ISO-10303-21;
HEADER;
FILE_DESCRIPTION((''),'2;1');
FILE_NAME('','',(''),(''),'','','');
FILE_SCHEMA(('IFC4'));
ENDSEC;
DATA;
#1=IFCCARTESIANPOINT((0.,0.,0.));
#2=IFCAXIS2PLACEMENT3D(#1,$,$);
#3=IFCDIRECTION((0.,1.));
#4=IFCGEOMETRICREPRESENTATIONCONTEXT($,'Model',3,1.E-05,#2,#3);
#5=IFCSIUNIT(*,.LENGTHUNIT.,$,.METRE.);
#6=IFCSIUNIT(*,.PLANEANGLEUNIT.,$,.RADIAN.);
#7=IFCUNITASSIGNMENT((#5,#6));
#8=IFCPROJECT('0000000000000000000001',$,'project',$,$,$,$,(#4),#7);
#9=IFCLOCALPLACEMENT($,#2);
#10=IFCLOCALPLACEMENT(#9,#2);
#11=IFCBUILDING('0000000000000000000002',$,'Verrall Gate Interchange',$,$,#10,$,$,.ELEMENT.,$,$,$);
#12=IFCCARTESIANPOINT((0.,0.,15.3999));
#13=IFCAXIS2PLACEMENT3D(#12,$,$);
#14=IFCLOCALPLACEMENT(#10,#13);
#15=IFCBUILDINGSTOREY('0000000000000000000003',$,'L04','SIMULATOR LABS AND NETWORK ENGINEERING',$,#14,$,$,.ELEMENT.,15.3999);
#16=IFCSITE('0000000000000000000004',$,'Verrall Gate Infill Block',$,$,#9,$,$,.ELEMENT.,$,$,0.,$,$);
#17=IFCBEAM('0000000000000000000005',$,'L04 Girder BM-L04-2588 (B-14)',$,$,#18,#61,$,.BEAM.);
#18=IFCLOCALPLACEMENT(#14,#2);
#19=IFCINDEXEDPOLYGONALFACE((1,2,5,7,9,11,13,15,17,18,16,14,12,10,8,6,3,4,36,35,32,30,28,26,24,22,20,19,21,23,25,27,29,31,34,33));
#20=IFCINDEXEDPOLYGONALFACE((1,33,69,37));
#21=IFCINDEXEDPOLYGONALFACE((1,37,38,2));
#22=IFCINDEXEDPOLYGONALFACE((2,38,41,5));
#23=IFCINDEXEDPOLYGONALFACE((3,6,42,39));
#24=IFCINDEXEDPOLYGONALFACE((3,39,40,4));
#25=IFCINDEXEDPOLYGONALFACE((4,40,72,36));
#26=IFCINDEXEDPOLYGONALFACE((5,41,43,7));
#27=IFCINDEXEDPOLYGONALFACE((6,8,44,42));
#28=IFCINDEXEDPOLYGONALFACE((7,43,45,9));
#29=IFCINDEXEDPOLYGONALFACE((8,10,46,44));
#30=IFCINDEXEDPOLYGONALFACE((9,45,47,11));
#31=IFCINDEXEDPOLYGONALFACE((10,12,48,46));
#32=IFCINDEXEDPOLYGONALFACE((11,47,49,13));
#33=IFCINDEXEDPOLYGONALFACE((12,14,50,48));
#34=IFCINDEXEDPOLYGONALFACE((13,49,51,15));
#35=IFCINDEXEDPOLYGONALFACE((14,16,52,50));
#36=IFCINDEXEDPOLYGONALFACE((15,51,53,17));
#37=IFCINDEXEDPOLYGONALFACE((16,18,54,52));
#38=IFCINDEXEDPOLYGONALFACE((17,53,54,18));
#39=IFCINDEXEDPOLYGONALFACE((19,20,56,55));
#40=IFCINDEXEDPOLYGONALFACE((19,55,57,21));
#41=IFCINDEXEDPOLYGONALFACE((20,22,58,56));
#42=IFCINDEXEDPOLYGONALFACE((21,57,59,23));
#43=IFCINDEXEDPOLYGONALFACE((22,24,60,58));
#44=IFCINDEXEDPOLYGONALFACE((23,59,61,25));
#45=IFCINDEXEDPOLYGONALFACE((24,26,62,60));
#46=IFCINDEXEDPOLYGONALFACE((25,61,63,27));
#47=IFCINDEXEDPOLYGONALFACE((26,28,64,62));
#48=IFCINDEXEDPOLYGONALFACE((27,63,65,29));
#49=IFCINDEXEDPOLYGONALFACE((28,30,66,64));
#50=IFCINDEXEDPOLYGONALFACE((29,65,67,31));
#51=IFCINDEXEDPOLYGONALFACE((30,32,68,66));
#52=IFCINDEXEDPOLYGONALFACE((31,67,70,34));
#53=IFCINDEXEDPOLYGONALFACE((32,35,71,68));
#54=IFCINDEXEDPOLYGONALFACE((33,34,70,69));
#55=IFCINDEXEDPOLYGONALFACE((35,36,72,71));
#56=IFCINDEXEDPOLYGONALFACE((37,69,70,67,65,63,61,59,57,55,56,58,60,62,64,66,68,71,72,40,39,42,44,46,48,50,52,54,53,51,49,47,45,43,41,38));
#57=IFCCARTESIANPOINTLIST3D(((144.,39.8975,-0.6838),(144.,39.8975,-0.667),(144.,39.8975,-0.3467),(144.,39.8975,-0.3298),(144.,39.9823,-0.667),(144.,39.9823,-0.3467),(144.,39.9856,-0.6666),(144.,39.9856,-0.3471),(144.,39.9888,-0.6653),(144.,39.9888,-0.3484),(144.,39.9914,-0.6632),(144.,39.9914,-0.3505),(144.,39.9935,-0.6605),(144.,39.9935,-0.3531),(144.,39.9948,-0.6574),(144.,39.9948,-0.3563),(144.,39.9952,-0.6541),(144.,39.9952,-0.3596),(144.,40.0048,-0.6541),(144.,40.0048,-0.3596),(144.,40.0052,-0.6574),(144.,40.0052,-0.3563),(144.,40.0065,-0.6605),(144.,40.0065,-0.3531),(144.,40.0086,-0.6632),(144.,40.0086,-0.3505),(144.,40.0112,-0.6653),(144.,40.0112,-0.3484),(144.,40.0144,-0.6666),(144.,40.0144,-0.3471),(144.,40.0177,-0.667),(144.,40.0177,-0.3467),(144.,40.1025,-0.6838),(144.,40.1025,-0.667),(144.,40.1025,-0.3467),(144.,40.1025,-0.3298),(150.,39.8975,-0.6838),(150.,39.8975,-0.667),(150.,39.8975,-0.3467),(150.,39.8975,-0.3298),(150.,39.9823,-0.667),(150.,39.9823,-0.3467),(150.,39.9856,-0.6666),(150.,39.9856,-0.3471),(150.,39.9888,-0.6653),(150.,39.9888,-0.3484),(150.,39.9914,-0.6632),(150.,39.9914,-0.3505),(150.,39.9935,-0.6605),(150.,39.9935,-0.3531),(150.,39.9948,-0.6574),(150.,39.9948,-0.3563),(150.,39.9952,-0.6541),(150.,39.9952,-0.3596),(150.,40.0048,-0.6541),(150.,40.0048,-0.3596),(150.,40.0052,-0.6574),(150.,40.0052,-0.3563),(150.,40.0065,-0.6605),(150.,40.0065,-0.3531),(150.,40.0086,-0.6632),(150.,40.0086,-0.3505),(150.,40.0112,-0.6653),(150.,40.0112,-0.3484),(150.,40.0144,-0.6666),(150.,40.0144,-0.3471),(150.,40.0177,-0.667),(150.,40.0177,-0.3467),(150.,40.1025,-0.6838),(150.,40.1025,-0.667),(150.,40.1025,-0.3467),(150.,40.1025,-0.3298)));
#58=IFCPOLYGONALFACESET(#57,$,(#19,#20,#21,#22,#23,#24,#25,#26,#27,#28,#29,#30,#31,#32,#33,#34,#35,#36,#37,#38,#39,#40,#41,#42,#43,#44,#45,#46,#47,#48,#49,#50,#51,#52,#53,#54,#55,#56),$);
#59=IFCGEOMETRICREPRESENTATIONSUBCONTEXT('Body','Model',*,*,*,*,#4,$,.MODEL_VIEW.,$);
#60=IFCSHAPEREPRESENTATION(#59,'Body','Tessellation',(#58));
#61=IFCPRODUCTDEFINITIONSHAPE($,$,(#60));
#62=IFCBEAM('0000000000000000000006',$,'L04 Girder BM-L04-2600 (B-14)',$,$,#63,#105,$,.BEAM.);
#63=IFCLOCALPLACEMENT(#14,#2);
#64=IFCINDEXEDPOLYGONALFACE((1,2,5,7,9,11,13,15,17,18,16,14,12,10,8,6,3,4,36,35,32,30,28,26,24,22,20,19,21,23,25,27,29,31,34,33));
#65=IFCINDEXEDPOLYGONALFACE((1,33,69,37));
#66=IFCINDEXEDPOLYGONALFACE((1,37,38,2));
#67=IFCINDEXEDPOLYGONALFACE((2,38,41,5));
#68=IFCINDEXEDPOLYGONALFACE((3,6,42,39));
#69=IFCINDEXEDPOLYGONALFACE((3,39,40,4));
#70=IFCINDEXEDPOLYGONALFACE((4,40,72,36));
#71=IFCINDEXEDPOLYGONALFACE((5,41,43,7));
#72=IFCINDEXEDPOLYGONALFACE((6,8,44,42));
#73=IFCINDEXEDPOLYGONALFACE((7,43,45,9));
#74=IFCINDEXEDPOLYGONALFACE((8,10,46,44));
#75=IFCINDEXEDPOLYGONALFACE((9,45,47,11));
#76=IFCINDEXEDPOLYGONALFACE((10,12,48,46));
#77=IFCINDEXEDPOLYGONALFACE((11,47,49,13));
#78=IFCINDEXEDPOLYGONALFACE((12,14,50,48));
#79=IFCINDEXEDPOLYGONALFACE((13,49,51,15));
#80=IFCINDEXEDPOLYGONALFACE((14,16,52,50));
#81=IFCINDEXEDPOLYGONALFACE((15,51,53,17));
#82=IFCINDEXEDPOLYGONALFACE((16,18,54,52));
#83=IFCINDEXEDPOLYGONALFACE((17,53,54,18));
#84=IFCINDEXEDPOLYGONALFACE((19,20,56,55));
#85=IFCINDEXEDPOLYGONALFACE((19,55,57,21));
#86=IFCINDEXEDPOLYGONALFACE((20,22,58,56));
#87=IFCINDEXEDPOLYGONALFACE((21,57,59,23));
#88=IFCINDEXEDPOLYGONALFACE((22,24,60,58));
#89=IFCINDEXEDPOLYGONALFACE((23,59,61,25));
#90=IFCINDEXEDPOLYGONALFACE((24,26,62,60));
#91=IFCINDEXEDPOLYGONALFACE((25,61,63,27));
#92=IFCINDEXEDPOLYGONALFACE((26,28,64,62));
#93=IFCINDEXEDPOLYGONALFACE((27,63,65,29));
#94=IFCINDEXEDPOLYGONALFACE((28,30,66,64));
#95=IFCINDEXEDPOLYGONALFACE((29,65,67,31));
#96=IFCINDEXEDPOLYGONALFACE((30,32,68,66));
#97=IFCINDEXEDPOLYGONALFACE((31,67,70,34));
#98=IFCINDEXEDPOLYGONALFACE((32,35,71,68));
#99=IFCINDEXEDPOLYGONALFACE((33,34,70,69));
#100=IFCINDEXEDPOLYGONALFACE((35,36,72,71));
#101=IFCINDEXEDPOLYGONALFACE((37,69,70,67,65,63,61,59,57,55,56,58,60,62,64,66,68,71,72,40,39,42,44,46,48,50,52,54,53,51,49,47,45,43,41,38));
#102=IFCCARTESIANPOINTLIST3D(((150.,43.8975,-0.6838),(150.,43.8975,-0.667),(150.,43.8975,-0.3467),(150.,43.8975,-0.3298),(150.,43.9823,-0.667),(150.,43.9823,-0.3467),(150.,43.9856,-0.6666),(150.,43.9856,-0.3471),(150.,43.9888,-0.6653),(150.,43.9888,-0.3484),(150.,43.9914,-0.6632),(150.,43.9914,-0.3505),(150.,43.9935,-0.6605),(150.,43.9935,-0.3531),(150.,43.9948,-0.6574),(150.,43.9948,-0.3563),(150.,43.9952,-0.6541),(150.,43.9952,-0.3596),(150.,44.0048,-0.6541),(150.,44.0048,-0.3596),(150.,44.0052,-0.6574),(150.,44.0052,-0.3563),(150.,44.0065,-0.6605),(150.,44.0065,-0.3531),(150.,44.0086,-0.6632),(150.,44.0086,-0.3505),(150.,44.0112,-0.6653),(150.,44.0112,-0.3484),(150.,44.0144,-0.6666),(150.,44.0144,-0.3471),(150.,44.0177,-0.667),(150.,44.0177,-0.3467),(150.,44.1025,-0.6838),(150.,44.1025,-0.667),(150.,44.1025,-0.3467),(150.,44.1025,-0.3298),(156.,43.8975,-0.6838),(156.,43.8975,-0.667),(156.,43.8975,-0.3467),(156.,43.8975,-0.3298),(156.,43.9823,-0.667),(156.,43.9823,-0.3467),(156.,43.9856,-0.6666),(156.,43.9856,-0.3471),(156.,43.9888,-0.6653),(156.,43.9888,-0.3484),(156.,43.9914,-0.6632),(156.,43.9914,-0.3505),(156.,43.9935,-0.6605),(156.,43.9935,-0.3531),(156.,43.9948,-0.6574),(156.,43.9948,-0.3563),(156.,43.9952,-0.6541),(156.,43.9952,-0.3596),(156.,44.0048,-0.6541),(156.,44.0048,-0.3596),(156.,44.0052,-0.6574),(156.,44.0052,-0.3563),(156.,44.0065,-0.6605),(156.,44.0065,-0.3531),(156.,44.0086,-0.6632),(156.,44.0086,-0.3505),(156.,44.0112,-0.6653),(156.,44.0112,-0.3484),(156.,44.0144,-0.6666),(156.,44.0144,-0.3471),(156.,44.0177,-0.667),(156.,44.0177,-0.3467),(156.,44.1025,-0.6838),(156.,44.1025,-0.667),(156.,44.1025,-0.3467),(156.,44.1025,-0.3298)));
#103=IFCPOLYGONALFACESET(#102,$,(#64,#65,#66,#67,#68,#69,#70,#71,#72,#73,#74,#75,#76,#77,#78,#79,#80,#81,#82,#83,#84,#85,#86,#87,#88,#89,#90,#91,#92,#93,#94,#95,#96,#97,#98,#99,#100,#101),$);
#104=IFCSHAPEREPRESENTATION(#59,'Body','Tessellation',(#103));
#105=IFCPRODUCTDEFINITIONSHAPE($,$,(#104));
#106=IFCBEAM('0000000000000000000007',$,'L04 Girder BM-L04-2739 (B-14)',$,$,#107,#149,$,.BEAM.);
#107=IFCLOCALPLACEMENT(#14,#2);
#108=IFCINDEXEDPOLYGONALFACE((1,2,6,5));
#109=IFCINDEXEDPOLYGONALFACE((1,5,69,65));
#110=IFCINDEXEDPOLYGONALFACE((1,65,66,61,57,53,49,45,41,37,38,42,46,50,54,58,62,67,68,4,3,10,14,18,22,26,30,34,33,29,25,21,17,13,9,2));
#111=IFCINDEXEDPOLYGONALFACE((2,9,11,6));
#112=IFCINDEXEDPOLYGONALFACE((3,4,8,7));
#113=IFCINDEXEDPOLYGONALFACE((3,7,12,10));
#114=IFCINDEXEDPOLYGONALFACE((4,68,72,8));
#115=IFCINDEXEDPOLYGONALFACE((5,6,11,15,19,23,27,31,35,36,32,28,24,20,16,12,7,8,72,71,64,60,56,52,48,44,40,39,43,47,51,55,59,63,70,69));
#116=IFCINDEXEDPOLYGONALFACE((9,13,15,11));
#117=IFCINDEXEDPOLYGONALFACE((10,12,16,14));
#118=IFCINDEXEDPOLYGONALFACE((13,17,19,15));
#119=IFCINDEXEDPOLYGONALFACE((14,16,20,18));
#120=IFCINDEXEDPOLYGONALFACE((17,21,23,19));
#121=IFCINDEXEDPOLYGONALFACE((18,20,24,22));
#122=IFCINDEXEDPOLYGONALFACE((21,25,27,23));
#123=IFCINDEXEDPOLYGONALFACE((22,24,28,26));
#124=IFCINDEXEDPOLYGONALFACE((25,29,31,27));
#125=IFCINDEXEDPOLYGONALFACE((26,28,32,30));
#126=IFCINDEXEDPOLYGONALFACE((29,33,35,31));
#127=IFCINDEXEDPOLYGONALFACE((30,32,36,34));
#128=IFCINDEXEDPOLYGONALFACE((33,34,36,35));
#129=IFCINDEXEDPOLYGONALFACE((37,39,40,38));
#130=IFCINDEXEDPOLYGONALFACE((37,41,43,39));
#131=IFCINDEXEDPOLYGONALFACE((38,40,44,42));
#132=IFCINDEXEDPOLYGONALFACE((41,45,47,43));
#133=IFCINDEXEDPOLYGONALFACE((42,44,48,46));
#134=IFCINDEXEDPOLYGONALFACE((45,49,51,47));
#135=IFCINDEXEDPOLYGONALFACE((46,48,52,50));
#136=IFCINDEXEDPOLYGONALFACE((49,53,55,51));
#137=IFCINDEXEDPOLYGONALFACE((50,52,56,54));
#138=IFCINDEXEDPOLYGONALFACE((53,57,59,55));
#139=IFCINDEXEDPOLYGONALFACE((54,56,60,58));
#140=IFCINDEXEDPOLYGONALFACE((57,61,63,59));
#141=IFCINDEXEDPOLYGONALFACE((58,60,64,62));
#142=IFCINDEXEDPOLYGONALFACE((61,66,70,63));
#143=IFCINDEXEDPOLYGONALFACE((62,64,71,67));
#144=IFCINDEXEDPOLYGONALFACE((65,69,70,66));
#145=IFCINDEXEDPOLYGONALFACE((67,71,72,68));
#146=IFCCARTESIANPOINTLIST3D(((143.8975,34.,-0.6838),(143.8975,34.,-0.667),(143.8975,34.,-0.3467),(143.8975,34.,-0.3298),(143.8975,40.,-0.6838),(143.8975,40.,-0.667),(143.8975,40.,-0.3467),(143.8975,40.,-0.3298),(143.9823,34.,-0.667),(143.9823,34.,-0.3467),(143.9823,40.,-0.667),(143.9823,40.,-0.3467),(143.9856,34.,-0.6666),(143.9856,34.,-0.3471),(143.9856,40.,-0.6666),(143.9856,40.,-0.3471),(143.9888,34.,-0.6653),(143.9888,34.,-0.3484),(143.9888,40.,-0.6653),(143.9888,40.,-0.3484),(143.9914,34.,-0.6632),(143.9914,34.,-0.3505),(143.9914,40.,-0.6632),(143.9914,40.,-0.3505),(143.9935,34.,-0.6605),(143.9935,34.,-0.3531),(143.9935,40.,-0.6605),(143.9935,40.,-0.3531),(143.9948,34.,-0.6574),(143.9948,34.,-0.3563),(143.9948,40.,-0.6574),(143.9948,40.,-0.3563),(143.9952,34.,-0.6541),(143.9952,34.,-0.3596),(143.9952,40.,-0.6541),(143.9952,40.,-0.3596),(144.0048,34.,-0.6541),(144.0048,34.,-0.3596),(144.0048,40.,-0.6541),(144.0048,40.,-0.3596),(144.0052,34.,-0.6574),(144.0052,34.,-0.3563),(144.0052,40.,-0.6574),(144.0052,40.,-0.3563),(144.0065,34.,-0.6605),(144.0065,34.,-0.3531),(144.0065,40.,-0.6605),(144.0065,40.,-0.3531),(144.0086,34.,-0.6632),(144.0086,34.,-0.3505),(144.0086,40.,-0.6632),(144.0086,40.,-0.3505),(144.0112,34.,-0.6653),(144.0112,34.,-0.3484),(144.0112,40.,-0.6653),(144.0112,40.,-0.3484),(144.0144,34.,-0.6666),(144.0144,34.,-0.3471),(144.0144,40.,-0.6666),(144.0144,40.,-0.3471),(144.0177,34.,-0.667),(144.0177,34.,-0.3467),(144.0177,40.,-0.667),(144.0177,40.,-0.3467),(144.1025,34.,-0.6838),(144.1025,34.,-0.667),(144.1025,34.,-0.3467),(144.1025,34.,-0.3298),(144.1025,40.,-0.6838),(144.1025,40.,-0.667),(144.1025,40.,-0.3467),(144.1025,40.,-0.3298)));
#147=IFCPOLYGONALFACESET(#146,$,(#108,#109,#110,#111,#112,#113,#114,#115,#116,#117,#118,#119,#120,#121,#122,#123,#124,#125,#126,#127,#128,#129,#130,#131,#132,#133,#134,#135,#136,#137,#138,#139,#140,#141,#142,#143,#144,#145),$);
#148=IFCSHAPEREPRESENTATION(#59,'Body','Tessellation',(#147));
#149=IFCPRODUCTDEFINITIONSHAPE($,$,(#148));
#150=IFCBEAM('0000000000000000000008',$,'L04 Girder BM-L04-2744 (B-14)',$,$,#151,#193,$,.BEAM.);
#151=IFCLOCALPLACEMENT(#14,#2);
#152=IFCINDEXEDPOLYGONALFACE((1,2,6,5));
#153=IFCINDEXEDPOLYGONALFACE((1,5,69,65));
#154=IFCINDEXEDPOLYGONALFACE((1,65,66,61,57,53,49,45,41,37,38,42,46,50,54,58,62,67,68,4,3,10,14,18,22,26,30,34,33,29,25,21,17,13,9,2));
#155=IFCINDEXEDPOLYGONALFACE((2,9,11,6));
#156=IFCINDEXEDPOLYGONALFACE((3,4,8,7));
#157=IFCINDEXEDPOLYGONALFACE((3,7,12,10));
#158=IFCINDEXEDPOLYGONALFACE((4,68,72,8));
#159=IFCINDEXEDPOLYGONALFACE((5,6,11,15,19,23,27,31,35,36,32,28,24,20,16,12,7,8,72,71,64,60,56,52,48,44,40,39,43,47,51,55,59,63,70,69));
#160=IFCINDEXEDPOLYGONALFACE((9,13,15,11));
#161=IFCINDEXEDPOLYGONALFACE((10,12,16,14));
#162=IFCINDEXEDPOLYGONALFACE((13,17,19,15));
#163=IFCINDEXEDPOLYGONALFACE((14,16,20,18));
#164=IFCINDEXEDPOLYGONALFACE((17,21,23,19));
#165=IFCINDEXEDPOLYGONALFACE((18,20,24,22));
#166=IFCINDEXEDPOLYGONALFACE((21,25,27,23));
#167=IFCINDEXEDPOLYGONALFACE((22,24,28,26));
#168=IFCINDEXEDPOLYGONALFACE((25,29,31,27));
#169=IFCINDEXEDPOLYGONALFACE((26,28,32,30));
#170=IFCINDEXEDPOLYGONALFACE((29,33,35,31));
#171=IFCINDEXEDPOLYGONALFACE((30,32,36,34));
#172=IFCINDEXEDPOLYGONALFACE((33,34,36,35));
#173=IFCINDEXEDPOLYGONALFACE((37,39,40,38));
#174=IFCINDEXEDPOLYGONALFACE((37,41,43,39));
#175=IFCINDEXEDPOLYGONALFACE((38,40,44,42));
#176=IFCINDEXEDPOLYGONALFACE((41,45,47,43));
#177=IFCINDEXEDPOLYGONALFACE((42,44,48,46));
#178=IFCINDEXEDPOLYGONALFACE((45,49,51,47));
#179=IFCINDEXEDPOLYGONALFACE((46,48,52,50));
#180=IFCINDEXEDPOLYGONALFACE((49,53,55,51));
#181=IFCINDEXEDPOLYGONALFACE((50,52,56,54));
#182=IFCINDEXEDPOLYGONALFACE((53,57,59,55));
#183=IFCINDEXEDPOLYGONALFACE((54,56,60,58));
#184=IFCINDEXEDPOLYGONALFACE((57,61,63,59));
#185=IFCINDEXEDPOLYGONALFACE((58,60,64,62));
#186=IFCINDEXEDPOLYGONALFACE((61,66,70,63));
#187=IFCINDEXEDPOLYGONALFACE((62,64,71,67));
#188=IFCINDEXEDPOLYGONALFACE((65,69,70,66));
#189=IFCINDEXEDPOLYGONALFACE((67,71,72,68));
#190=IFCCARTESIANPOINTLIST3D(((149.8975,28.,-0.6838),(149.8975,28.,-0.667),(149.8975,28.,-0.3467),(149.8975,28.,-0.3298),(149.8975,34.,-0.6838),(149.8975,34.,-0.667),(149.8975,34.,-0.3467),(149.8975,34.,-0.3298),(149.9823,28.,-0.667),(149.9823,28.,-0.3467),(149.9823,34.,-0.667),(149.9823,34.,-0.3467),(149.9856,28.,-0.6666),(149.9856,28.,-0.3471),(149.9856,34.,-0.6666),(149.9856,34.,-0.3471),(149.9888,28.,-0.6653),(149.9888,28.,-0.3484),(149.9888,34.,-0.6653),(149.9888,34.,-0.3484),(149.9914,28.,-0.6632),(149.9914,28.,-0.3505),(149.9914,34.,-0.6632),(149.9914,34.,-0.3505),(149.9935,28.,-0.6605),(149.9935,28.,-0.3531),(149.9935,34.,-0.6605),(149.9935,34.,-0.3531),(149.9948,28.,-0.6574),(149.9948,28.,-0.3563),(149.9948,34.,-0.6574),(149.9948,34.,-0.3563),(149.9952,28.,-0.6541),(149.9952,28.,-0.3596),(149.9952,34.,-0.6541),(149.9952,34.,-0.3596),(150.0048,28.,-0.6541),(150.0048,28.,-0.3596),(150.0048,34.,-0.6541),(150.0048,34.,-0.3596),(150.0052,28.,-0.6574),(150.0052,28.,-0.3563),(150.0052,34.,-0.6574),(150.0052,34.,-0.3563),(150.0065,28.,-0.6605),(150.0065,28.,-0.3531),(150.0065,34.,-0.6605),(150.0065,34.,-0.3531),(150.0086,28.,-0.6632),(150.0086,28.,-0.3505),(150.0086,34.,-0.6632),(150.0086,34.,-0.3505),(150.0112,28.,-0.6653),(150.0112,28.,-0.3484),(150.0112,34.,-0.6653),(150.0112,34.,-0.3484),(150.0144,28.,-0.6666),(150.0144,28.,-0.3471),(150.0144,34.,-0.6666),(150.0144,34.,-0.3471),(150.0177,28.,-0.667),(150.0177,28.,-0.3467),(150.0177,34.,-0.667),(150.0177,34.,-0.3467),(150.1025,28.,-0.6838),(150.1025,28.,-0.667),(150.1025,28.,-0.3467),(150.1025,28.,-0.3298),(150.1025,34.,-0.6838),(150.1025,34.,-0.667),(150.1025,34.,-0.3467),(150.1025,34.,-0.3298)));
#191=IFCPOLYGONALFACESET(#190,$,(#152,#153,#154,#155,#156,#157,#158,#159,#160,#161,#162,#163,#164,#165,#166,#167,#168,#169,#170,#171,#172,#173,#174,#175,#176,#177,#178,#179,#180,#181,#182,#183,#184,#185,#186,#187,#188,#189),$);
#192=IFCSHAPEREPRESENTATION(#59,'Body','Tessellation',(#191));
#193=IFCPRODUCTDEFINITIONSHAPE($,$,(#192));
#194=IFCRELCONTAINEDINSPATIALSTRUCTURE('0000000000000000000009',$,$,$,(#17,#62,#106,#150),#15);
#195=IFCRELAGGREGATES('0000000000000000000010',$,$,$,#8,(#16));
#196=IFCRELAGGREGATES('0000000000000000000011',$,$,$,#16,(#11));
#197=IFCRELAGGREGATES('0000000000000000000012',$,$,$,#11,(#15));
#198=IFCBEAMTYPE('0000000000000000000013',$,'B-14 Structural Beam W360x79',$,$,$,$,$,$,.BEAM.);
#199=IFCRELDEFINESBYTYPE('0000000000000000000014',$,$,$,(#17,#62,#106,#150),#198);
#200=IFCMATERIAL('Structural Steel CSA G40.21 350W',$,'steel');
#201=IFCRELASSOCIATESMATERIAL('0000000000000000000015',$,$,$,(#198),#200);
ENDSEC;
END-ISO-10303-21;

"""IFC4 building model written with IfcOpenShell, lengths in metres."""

from ifc_helpers import new_model, si_unit, direction, frame, origin, origin_2d, place, context, subcontext, project, spatial, i_section, extrude, material, material_profile, profile_set, type_object, element, save


model = new_model("IFC4")

# Units and contexts
model_context = context("Model", 3, precision=1e-05, world=origin(), true_north=direction((0.0, 1.0)))
body_context = subcontext(model_context, "Body", "Model", "MODEL_VIEW")
ifc_project = project(units=[si_unit("LENGTHUNIT", "METRE"), si_unit("PLANEANGLEUNIT", "RADIAN")], contexts=[model_context])

# Site, building, storey
site_placement = place(None, origin())
site = spatial("IfcSite", under=ifc_project, at=site_placement, Name="Verrall Gate Infill Block", CompositionType="ELEMENT", RefElevation=0.0)
building_placement = place(site_placement, origin())
building = spatial("IfcBuilding", under=site, at=building_placement, Name="Verrall Gate Interchange", CompositionType="ELEMENT")
storey_placement = place(building_placement, frame((0.0, 0.0, 15.3999)))
storey = spatial("IfcBuildingStorey", under=building, at=storey_placement, Name="L04", Description="SIMULATOR LABS AND NETWORK ENGINEERING", CompositionType="ELEMENT", Elevation=15.3999)

# Beams
ifc_material_1 = material(Name="Structural Steel CSA G40.21 350W", Category="steel")
ifc_material_profile_1 = material_profile(ifc_material_1, i_section(OverallWidth=0.2051, OverallDepth=0.354, WebThickness=0.0095, FlangeThickness=0.0168, FilletRadius=0.0129, at=origin_2d()), Name="W360x79")
ifc_profile_set_1 = profile_set([ifc_material_profile_1], Name="Structural Steel CSA G40.21 350W")
beam_type_1 = type_object("IfcBeamType", Name="B-14 Structural Beam W360x79", PredefinedType="BEAM", material=ifc_profile_set_1)
for number, where, z_axis, x_axis, name in (
    (1, (144.0, 40.0, -0.5068), (1.0, 0.0, 0.0), (0.0, 1.0, 0.0), "L04 Girder BM-L04-2588 (B-14)"),
    (2, (150.0, 44.0, -0.5068), (1.0, 0.0, 0.0), (0.0, 1.0, 0.0), "L04 Girder BM-L04-2600 (B-14)"),
    (3, (144.0, 34.0, -0.5068), (0.0, 1.0, 0.0), (-1.0, 0.0, 0.0), "L04 Girder BM-L04-2739 (B-14)"),
    (4, (150.0, 28.0, -0.5068), (0.0, 1.0, 0.0), (-1.0, 0.0, 0.0), "L04 Girder BM-L04-2744 (B-14)"),
):
    element("IfcBeam", number, at=place(storey_placement, frame(where, z_axis=z_axis, x_axis=x_axis)), inside=storey, type_object=beam_type_1, Name=name, PredefinedType="BEAM", context=body_context, shape_type="SweptSolid", body=[
        extrude(i_section(OverallWidth=0.2051, OverallDepth=0.354, WebThickness=0.0095, FlangeThickness=0.0168, FilletRadius=0.0129, at=origin_2d()), origin(), (0.0, 0.0, 1.0), 6.0),
    ])

save(model, "model.ifc")
